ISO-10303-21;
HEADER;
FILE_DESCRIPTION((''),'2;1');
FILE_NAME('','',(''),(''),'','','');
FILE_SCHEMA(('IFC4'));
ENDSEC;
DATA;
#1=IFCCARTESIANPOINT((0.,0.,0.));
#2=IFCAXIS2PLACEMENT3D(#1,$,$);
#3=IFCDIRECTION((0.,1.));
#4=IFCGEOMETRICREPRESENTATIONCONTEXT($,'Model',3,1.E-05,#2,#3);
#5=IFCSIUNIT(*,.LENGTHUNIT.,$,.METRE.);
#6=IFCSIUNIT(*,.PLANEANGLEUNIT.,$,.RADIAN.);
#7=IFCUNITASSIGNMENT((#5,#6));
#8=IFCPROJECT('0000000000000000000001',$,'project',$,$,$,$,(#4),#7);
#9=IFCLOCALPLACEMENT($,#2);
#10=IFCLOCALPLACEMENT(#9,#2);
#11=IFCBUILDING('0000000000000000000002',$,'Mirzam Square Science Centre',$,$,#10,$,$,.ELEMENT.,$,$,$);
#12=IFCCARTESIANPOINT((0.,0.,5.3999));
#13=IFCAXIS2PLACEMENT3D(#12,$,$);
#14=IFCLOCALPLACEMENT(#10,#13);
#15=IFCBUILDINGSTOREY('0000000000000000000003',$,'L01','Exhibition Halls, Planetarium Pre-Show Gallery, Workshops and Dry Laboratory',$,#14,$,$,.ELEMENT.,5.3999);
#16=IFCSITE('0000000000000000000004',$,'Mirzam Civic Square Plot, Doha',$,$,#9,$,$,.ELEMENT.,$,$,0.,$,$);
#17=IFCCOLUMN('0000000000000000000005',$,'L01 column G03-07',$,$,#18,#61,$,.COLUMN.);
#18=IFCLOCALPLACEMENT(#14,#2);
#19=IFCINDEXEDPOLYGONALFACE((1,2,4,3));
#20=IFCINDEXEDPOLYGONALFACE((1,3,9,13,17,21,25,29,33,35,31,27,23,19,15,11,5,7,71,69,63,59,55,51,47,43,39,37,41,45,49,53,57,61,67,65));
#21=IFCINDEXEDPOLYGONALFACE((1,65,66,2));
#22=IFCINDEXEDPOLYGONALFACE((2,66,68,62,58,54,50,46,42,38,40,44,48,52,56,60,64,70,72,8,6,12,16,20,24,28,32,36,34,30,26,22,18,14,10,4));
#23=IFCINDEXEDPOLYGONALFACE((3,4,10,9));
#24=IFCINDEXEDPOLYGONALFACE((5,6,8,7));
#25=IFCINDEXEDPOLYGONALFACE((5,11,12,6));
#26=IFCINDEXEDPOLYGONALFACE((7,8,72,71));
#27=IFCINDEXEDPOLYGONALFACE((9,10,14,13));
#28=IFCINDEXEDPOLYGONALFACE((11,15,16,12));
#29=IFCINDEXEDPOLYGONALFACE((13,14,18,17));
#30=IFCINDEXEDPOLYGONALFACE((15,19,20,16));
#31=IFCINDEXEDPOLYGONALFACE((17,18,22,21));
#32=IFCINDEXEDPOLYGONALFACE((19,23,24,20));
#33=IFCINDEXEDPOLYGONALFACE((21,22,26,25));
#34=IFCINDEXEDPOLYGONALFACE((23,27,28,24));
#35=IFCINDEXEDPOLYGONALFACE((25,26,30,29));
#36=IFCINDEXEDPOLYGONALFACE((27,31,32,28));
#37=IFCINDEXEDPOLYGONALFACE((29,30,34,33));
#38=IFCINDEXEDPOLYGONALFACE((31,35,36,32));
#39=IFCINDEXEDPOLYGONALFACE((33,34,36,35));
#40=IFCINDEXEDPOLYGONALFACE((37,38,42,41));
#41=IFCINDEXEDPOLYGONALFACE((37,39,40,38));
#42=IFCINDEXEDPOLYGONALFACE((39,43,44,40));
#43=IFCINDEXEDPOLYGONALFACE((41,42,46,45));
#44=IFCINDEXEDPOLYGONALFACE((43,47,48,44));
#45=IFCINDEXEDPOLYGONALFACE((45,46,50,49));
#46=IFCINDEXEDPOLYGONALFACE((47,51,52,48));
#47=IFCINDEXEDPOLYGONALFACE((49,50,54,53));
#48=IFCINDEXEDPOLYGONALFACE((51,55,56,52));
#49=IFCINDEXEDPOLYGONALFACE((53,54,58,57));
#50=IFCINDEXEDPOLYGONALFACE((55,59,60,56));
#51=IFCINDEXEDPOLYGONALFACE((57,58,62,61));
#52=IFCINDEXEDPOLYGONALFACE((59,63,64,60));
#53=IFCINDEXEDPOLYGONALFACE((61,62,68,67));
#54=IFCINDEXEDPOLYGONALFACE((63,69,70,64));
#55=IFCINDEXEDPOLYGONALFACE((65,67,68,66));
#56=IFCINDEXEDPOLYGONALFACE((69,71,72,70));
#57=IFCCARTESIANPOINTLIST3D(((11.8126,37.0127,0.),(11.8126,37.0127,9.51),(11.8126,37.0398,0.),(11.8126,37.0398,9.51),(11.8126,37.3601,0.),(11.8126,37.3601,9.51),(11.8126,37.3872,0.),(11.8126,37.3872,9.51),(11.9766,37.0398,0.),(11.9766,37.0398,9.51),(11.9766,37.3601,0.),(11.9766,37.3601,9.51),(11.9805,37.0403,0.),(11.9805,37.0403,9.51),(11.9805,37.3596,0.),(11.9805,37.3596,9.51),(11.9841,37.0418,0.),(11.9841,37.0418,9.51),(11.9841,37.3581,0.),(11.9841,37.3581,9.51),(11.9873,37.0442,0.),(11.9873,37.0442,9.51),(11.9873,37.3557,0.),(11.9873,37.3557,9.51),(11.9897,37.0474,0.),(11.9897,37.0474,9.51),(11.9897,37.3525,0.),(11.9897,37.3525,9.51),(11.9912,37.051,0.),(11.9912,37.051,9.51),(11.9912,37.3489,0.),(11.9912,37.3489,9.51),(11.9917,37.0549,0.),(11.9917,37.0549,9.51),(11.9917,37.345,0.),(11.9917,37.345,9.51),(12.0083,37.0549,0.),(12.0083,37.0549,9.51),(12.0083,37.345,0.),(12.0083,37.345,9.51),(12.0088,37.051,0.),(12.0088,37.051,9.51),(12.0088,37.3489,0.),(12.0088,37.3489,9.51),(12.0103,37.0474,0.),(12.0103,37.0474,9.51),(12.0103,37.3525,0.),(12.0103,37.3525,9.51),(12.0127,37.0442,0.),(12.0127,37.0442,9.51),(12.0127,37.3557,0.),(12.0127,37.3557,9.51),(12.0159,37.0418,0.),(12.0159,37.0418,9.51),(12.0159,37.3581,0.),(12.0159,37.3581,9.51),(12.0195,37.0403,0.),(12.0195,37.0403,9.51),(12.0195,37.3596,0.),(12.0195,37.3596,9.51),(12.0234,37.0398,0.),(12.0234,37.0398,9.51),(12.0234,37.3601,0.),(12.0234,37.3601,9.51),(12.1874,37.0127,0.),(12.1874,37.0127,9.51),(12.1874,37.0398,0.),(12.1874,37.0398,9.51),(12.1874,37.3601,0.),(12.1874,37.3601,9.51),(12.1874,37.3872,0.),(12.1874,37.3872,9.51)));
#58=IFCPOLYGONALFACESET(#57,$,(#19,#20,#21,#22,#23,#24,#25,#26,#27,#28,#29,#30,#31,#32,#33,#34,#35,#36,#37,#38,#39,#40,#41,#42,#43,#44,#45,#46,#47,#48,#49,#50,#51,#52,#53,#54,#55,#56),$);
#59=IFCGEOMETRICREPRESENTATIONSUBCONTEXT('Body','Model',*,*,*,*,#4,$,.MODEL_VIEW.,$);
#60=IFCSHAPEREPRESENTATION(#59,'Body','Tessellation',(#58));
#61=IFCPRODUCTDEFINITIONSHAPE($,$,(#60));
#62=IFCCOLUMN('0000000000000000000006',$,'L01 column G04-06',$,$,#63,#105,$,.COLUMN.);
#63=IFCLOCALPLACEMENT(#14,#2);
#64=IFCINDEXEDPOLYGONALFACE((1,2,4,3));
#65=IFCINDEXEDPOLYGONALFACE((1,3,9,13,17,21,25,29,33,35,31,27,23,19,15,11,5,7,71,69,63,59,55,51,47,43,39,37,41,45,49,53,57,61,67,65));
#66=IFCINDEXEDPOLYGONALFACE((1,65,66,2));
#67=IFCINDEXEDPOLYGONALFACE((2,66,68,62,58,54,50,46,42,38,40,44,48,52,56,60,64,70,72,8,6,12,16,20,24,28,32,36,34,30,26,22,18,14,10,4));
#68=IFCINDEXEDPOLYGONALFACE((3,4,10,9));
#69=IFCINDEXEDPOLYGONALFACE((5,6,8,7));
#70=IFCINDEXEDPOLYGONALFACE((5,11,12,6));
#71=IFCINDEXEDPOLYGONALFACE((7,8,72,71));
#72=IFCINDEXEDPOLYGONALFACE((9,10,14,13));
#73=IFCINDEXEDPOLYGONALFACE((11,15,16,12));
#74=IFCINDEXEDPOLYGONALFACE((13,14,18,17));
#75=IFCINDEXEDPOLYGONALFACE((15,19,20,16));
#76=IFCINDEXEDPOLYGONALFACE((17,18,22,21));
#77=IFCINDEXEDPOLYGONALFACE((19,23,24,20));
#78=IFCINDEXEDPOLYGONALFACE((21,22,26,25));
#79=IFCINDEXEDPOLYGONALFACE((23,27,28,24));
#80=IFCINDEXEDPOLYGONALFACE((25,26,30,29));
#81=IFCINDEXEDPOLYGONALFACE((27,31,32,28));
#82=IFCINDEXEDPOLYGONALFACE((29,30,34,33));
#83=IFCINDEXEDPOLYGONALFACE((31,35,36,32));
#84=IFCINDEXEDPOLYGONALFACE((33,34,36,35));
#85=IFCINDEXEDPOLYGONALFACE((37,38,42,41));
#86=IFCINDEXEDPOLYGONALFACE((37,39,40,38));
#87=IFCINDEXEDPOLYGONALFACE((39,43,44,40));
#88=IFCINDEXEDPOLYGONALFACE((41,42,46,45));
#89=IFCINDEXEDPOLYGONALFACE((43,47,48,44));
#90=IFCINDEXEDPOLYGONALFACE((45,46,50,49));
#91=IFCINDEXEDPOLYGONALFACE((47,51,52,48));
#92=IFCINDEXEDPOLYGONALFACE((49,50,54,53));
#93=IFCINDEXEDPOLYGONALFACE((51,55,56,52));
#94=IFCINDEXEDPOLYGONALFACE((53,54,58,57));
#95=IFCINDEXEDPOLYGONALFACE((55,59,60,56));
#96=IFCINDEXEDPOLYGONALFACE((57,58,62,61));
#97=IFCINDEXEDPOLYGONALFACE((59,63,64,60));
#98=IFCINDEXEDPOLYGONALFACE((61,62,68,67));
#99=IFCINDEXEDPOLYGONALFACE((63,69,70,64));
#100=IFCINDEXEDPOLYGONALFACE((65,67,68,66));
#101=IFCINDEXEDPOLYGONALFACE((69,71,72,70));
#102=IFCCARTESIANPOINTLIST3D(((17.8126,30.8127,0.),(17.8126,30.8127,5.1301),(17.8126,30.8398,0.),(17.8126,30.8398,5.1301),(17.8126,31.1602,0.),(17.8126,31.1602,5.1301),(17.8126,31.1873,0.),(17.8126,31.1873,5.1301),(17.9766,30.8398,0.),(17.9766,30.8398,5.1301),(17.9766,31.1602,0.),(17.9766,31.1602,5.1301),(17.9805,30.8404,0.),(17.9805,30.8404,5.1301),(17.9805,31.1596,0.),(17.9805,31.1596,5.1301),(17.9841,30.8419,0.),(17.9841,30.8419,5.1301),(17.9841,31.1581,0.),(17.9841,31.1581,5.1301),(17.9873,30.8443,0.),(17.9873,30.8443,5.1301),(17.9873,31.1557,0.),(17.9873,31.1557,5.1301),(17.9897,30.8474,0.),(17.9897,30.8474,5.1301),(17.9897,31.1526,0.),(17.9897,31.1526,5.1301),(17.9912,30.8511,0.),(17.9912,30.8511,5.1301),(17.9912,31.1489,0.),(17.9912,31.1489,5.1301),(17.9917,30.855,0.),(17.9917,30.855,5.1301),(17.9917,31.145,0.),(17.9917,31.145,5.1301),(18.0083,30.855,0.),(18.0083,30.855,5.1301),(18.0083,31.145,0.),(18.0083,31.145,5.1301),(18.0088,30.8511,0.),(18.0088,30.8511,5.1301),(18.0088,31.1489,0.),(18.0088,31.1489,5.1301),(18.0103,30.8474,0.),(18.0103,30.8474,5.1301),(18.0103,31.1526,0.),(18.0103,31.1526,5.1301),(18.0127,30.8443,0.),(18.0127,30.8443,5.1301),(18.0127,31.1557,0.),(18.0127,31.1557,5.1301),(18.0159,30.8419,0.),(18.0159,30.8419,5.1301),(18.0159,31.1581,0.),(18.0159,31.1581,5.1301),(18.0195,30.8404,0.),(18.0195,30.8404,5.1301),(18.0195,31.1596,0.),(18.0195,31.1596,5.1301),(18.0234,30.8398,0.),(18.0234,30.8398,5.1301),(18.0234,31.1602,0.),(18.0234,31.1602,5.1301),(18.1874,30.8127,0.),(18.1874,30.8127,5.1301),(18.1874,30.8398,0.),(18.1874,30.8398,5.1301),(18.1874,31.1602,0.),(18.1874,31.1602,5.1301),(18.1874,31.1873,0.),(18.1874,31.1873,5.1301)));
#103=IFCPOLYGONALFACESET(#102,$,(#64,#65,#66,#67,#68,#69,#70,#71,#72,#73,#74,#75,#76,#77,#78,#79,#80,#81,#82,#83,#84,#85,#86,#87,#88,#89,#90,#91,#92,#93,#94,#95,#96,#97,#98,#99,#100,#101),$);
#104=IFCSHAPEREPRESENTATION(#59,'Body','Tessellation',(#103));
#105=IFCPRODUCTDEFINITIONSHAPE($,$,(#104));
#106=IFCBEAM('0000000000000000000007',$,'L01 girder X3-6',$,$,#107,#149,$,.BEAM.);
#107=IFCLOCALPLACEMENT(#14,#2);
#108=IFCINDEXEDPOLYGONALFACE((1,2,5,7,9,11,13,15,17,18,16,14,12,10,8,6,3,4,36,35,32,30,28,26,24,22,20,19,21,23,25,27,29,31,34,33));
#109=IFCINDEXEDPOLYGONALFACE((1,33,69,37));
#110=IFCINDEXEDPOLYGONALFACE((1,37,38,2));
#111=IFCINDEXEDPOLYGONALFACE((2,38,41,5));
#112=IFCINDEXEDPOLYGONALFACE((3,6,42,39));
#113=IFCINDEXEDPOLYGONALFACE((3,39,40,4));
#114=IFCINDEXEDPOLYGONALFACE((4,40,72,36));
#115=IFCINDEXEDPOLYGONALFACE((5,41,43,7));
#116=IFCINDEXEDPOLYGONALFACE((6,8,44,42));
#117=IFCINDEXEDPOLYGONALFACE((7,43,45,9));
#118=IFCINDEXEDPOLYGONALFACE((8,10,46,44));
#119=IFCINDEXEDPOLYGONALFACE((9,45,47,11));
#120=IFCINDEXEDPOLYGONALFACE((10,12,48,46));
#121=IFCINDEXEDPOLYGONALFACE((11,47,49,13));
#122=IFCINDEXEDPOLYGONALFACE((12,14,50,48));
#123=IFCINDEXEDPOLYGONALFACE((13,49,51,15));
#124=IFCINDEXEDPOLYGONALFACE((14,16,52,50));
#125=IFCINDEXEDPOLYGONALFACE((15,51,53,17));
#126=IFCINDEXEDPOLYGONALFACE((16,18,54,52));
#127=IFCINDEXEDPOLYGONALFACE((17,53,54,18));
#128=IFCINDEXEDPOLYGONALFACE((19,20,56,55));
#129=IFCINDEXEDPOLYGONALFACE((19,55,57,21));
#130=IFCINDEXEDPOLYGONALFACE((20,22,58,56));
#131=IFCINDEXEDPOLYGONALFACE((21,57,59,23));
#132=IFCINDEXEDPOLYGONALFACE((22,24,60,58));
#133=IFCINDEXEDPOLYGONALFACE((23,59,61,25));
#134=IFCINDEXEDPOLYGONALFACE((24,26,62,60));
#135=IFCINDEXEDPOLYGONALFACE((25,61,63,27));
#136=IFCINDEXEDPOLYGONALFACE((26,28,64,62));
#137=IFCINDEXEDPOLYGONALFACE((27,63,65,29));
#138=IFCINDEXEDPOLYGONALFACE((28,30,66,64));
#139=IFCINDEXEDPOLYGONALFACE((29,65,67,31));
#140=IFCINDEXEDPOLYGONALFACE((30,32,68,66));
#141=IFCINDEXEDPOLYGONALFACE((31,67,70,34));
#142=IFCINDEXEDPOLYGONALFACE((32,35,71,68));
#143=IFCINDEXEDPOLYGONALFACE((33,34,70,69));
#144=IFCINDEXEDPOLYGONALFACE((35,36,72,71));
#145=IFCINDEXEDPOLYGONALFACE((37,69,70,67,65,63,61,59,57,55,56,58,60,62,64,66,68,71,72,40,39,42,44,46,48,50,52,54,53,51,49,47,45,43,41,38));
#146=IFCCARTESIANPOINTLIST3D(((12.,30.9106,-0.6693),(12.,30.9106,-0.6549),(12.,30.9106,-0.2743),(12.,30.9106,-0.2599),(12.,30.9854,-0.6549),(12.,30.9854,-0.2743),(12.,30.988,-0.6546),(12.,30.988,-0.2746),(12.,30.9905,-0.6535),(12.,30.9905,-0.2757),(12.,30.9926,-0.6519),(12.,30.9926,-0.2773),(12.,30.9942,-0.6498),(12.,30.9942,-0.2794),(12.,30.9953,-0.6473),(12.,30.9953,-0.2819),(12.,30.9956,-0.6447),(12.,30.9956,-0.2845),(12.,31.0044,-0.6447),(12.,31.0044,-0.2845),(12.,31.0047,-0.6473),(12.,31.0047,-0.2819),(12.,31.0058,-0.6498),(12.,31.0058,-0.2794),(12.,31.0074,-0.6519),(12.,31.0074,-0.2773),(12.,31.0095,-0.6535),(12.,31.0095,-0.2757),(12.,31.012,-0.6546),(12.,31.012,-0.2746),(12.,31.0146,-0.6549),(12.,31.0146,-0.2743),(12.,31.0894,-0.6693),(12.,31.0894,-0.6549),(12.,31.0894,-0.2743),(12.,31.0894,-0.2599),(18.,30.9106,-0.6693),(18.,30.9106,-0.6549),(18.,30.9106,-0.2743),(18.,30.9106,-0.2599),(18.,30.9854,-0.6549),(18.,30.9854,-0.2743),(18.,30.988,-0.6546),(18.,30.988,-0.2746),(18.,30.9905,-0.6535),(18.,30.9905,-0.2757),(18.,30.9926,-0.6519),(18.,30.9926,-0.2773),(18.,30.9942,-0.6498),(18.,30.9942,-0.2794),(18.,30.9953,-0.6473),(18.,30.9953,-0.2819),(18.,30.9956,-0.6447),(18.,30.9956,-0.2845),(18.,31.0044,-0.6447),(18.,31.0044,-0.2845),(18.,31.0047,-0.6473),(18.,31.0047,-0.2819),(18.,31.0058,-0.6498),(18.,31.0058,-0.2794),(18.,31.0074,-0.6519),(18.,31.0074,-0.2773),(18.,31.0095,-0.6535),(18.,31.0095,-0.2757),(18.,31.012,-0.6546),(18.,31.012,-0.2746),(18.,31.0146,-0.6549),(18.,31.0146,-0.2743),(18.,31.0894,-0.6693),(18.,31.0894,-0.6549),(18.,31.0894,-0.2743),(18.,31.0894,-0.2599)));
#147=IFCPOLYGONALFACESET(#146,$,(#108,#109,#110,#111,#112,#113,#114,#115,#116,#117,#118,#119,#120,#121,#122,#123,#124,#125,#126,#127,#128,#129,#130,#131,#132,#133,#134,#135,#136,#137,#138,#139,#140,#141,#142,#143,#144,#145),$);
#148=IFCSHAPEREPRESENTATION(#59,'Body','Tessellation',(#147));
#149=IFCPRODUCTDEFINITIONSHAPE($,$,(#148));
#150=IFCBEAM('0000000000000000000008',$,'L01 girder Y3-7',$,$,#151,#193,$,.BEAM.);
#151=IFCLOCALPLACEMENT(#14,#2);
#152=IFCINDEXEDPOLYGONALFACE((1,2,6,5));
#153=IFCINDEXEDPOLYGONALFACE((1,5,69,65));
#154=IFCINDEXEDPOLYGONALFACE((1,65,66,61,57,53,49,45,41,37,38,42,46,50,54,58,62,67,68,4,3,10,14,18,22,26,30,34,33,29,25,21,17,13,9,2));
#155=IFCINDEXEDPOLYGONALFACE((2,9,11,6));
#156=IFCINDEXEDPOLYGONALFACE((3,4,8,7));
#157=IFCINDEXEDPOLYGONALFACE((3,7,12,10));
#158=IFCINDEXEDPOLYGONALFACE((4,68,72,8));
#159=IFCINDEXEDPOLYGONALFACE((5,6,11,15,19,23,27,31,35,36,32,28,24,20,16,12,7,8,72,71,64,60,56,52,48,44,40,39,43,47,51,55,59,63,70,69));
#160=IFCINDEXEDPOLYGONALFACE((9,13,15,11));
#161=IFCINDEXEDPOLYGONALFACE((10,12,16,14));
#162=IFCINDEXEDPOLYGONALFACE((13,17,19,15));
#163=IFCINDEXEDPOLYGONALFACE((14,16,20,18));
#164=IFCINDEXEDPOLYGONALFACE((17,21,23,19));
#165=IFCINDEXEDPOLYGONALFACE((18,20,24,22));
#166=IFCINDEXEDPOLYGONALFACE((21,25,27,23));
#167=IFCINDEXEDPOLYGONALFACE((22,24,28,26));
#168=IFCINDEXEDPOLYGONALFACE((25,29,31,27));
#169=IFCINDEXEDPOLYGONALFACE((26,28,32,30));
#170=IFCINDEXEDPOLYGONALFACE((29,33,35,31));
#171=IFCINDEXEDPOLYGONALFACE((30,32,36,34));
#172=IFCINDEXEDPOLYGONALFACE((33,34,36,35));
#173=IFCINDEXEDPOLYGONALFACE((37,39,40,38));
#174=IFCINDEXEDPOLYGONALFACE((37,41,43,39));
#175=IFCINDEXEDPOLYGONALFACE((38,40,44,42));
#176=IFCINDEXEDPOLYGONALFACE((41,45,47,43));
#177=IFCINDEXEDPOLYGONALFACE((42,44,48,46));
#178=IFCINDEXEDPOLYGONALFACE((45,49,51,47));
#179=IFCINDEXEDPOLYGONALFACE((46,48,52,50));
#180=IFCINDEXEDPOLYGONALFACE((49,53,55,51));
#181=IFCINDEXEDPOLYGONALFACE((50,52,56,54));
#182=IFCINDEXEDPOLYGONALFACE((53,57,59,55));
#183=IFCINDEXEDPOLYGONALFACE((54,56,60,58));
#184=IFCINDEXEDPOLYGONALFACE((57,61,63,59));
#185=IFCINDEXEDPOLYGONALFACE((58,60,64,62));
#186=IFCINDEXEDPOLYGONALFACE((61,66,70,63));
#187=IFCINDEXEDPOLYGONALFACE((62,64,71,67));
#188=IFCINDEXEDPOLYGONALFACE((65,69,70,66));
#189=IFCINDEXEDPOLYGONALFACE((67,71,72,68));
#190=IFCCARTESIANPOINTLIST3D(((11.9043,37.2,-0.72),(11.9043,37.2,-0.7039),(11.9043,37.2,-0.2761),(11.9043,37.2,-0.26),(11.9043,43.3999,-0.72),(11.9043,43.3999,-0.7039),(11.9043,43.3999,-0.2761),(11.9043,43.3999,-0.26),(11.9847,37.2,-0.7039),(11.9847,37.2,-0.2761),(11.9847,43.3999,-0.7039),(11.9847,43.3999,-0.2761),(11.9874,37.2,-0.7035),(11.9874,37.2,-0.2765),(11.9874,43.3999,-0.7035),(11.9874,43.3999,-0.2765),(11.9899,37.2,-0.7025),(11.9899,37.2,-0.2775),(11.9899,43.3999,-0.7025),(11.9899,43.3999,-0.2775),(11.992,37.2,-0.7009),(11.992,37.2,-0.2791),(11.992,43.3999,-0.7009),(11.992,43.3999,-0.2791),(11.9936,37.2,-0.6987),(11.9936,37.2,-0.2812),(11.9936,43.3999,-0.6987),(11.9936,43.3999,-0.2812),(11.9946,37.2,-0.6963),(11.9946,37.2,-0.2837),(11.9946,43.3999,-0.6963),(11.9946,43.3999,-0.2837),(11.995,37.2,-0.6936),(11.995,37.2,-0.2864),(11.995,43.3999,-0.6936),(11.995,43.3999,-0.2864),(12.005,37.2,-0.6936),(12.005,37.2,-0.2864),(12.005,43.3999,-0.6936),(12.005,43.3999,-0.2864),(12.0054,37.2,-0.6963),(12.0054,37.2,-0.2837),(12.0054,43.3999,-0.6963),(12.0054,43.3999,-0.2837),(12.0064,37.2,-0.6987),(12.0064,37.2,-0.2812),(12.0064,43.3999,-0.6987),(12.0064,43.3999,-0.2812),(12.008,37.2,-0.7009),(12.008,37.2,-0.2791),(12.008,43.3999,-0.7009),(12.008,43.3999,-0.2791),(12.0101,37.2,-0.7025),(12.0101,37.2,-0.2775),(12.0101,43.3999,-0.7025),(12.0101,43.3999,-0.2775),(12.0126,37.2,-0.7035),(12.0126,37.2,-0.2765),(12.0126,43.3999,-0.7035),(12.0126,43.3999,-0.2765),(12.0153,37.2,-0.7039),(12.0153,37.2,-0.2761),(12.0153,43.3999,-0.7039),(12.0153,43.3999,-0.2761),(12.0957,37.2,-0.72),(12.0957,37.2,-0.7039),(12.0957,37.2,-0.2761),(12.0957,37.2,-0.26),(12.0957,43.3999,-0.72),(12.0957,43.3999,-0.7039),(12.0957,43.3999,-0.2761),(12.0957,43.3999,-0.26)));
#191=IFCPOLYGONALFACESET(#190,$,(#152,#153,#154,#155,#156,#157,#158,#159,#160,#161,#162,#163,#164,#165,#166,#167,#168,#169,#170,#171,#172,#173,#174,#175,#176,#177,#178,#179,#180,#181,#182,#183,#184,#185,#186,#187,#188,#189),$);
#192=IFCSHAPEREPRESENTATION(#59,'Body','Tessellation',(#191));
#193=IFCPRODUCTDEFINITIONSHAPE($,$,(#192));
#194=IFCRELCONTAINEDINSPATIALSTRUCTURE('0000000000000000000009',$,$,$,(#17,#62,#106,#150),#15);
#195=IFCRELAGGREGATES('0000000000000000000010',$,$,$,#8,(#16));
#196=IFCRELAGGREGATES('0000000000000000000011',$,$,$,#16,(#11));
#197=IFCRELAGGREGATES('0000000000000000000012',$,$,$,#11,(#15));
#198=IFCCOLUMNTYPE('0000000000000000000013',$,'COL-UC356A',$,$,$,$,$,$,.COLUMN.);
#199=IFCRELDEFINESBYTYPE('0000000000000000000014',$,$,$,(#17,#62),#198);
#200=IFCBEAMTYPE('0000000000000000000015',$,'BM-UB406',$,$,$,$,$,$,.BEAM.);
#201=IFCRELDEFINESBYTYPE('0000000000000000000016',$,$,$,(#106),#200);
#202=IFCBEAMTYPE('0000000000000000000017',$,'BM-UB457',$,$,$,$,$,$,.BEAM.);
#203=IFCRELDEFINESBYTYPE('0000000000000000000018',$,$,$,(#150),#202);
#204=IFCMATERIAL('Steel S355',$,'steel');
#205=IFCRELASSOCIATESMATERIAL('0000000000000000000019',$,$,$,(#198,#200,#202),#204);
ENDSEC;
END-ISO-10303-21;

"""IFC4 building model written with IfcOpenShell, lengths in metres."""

from ifc_helpers import new_model, si_unit, direction, frame, origin, origin_2d, place, context, subcontext, project, spatial, i_section, extrude, material, material_profile, profile_set, type_object, element, save


model = new_model("IFC4")

# Units and contexts
model_context = context("Model", 3, precision=1e-05, world=origin(), true_north=direction((0.0, 1.0)))
body_context = subcontext(model_context, "Body", "Model", "MODEL_VIEW")
ifc_project = project(units=[si_unit("LENGTHUNIT", "METRE"), si_unit("PLANEANGLEUNIT", "RADIAN")], contexts=[model_context])

# Site, building, storey
site_placement = place(None, origin())
site = spatial("IfcSite", under=ifc_project, at=site_placement, Name="Mirzam Civic Square Plot, Doha", CompositionType="ELEMENT", RefElevation=0.0)
building_placement = place(site_placement, origin())
building = spatial("IfcBuilding", under=site, at=building_placement, Name="Mirzam Square Science Centre", CompositionType="ELEMENT")
storey_placement = place(building_placement, frame((0.0, 0.0, 5.3999)))
storey = spatial("IfcBuildingStorey", under=building, at=storey_placement, Name="L01", Description="Exhibition Halls, Planetarium Pre-Show Gallery, Workshops and Dry Laboratory", CompositionType="ELEMENT", Elevation=5.3999)

# Columns
ifc_material_1 = material(Name="Steel S355", Category="steel")
ifc_material_profile_1 = material_profile(ifc_material_1, i_section(OverallWidth=0.3748, OverallDepth=0.3745, WebThickness=0.0166, FlangeThickness=0.0271, FilletRadius=0.0151, at=origin_2d()), Name="356x368x202UC")
ifc_profile_set_1 = profile_set([ifc_material_profile_1], Name="Steel S355")
column_type_1 = type_object("IfcColumnType", Name="COL-UC356A", PredefinedType="COLUMN", material=ifc_profile_set_1)
column_1_placement = place(storey_placement, frame((12.0, 37.2, 0.0), z_axis=(0.0, 0.0, 1.0), x_axis=(1.0, 0.0, 0.0)))
element("IfcColumn", 1, at=column_1_placement, inside=storey, type_object=column_type_1, Name="L01 column G03-07", PredefinedType="COLUMN", context=body_context, shape_type="SweptSolid", body=[
    extrude(i_section(OverallWidth=0.3748, OverallDepth=0.3745, WebThickness=0.0166, FlangeThickness=0.0271, FilletRadius=0.0151, at=origin_2d()), origin(), (0.0, 0.0, 1.0), 9.51),
])
column_2_placement = place(storey_placement, frame((18.0, 31.0, 0.0), z_axis=(0.0, 0.0, 1.0), x_axis=(1.0, 0.0, 0.0)))
element("IfcColumn", 2, at=column_2_placement, inside=storey, type_object=column_type_1, Name="L01 column G04-06", PredefinedType="COLUMN", context=body_context, shape_type="SweptSolid", body=[
    extrude(i_section(OverallWidth=0.3748, OverallDepth=0.3745, WebThickness=0.0166, FlangeThickness=0.0271, FilletRadius=0.0151, at=origin_2d()), origin(), (0.0, 0.0, 1.0), 5.1301),
])

# Beams
ifc_material_profile_2 = material_profile(ifc_material_1, i_section(OverallWidth=0.1787, OverallDepth=0.4094, WebThickness=0.0088, FlangeThickness=0.0144, FilletRadius=0.0103, at=origin_2d()), Name="406x178x67UB")
ifc_profile_set_2 = profile_set([ifc_material_profile_2], Name="Steel S355")
beam_type_1 = type_object("IfcBeamType", Name="BM-UB406", PredefinedType="BEAM", material=ifc_profile_set_2)
beam_1_placement = place(storey_placement, frame((12.0, 31.0, -0.4646), z_axis=(1.0, 0.0, 0.0), x_axis=(0.0, 1.0, 0.0)))
element("IfcBeam", 3, at=beam_1_placement, inside=storey, type_object=beam_type_1, Name="L01 girder X3-6", PredefinedType="BEAM", context=body_context, shape_type="SweptSolid", body=[
    extrude(i_section(OverallWidth=0.1787, OverallDepth=0.4094, WebThickness=0.0088, FlangeThickness=0.0144, FilletRadius=0.0103, at=origin_2d()), origin(), (0.0, 0.0, 1.0), 6.0),
])
ifc_material_profile_3 = material_profile(ifc_material_1, i_section(OverallWidth=0.1914, OverallDepth=0.46, WebThickness=0.01, FlangeThickness=0.0161, FilletRadius=0.0103, at=origin_2d()), Name="457x191x82UB")
ifc_profile_set_3 = profile_set([ifc_material_profile_3], Name="Steel S355")
beam_type_2 = type_object("IfcBeamType", Name="BM-UB457", PredefinedType="BEAM", material=ifc_profile_set_3)
for number, where, z_axis, x_axis, name in (
    (4, (12.0, 37.2, -0.49), (0.0, 1.0, 0.0), (-1.0, 0.0, 0.0), "L01 girder Y3-7"),
):
    element("IfcBeam", number, at=place(storey_placement, frame(where, z_axis=z_axis, x_axis=x_axis)), inside=storey, type_object=beam_type_2, Name=name, PredefinedType="BEAM", context=body_context, shape_type="SweptSolid", body=[
        extrude(i_section(OverallWidth=0.1914, OverallDepth=0.46, WebThickness=0.01, FlangeThickness=0.0161, FilletRadius=0.0103, at=origin_2d()), origin(), (0.0, 0.0, 1.0), 6.2),
    ])

save(model, "model.ifc")
